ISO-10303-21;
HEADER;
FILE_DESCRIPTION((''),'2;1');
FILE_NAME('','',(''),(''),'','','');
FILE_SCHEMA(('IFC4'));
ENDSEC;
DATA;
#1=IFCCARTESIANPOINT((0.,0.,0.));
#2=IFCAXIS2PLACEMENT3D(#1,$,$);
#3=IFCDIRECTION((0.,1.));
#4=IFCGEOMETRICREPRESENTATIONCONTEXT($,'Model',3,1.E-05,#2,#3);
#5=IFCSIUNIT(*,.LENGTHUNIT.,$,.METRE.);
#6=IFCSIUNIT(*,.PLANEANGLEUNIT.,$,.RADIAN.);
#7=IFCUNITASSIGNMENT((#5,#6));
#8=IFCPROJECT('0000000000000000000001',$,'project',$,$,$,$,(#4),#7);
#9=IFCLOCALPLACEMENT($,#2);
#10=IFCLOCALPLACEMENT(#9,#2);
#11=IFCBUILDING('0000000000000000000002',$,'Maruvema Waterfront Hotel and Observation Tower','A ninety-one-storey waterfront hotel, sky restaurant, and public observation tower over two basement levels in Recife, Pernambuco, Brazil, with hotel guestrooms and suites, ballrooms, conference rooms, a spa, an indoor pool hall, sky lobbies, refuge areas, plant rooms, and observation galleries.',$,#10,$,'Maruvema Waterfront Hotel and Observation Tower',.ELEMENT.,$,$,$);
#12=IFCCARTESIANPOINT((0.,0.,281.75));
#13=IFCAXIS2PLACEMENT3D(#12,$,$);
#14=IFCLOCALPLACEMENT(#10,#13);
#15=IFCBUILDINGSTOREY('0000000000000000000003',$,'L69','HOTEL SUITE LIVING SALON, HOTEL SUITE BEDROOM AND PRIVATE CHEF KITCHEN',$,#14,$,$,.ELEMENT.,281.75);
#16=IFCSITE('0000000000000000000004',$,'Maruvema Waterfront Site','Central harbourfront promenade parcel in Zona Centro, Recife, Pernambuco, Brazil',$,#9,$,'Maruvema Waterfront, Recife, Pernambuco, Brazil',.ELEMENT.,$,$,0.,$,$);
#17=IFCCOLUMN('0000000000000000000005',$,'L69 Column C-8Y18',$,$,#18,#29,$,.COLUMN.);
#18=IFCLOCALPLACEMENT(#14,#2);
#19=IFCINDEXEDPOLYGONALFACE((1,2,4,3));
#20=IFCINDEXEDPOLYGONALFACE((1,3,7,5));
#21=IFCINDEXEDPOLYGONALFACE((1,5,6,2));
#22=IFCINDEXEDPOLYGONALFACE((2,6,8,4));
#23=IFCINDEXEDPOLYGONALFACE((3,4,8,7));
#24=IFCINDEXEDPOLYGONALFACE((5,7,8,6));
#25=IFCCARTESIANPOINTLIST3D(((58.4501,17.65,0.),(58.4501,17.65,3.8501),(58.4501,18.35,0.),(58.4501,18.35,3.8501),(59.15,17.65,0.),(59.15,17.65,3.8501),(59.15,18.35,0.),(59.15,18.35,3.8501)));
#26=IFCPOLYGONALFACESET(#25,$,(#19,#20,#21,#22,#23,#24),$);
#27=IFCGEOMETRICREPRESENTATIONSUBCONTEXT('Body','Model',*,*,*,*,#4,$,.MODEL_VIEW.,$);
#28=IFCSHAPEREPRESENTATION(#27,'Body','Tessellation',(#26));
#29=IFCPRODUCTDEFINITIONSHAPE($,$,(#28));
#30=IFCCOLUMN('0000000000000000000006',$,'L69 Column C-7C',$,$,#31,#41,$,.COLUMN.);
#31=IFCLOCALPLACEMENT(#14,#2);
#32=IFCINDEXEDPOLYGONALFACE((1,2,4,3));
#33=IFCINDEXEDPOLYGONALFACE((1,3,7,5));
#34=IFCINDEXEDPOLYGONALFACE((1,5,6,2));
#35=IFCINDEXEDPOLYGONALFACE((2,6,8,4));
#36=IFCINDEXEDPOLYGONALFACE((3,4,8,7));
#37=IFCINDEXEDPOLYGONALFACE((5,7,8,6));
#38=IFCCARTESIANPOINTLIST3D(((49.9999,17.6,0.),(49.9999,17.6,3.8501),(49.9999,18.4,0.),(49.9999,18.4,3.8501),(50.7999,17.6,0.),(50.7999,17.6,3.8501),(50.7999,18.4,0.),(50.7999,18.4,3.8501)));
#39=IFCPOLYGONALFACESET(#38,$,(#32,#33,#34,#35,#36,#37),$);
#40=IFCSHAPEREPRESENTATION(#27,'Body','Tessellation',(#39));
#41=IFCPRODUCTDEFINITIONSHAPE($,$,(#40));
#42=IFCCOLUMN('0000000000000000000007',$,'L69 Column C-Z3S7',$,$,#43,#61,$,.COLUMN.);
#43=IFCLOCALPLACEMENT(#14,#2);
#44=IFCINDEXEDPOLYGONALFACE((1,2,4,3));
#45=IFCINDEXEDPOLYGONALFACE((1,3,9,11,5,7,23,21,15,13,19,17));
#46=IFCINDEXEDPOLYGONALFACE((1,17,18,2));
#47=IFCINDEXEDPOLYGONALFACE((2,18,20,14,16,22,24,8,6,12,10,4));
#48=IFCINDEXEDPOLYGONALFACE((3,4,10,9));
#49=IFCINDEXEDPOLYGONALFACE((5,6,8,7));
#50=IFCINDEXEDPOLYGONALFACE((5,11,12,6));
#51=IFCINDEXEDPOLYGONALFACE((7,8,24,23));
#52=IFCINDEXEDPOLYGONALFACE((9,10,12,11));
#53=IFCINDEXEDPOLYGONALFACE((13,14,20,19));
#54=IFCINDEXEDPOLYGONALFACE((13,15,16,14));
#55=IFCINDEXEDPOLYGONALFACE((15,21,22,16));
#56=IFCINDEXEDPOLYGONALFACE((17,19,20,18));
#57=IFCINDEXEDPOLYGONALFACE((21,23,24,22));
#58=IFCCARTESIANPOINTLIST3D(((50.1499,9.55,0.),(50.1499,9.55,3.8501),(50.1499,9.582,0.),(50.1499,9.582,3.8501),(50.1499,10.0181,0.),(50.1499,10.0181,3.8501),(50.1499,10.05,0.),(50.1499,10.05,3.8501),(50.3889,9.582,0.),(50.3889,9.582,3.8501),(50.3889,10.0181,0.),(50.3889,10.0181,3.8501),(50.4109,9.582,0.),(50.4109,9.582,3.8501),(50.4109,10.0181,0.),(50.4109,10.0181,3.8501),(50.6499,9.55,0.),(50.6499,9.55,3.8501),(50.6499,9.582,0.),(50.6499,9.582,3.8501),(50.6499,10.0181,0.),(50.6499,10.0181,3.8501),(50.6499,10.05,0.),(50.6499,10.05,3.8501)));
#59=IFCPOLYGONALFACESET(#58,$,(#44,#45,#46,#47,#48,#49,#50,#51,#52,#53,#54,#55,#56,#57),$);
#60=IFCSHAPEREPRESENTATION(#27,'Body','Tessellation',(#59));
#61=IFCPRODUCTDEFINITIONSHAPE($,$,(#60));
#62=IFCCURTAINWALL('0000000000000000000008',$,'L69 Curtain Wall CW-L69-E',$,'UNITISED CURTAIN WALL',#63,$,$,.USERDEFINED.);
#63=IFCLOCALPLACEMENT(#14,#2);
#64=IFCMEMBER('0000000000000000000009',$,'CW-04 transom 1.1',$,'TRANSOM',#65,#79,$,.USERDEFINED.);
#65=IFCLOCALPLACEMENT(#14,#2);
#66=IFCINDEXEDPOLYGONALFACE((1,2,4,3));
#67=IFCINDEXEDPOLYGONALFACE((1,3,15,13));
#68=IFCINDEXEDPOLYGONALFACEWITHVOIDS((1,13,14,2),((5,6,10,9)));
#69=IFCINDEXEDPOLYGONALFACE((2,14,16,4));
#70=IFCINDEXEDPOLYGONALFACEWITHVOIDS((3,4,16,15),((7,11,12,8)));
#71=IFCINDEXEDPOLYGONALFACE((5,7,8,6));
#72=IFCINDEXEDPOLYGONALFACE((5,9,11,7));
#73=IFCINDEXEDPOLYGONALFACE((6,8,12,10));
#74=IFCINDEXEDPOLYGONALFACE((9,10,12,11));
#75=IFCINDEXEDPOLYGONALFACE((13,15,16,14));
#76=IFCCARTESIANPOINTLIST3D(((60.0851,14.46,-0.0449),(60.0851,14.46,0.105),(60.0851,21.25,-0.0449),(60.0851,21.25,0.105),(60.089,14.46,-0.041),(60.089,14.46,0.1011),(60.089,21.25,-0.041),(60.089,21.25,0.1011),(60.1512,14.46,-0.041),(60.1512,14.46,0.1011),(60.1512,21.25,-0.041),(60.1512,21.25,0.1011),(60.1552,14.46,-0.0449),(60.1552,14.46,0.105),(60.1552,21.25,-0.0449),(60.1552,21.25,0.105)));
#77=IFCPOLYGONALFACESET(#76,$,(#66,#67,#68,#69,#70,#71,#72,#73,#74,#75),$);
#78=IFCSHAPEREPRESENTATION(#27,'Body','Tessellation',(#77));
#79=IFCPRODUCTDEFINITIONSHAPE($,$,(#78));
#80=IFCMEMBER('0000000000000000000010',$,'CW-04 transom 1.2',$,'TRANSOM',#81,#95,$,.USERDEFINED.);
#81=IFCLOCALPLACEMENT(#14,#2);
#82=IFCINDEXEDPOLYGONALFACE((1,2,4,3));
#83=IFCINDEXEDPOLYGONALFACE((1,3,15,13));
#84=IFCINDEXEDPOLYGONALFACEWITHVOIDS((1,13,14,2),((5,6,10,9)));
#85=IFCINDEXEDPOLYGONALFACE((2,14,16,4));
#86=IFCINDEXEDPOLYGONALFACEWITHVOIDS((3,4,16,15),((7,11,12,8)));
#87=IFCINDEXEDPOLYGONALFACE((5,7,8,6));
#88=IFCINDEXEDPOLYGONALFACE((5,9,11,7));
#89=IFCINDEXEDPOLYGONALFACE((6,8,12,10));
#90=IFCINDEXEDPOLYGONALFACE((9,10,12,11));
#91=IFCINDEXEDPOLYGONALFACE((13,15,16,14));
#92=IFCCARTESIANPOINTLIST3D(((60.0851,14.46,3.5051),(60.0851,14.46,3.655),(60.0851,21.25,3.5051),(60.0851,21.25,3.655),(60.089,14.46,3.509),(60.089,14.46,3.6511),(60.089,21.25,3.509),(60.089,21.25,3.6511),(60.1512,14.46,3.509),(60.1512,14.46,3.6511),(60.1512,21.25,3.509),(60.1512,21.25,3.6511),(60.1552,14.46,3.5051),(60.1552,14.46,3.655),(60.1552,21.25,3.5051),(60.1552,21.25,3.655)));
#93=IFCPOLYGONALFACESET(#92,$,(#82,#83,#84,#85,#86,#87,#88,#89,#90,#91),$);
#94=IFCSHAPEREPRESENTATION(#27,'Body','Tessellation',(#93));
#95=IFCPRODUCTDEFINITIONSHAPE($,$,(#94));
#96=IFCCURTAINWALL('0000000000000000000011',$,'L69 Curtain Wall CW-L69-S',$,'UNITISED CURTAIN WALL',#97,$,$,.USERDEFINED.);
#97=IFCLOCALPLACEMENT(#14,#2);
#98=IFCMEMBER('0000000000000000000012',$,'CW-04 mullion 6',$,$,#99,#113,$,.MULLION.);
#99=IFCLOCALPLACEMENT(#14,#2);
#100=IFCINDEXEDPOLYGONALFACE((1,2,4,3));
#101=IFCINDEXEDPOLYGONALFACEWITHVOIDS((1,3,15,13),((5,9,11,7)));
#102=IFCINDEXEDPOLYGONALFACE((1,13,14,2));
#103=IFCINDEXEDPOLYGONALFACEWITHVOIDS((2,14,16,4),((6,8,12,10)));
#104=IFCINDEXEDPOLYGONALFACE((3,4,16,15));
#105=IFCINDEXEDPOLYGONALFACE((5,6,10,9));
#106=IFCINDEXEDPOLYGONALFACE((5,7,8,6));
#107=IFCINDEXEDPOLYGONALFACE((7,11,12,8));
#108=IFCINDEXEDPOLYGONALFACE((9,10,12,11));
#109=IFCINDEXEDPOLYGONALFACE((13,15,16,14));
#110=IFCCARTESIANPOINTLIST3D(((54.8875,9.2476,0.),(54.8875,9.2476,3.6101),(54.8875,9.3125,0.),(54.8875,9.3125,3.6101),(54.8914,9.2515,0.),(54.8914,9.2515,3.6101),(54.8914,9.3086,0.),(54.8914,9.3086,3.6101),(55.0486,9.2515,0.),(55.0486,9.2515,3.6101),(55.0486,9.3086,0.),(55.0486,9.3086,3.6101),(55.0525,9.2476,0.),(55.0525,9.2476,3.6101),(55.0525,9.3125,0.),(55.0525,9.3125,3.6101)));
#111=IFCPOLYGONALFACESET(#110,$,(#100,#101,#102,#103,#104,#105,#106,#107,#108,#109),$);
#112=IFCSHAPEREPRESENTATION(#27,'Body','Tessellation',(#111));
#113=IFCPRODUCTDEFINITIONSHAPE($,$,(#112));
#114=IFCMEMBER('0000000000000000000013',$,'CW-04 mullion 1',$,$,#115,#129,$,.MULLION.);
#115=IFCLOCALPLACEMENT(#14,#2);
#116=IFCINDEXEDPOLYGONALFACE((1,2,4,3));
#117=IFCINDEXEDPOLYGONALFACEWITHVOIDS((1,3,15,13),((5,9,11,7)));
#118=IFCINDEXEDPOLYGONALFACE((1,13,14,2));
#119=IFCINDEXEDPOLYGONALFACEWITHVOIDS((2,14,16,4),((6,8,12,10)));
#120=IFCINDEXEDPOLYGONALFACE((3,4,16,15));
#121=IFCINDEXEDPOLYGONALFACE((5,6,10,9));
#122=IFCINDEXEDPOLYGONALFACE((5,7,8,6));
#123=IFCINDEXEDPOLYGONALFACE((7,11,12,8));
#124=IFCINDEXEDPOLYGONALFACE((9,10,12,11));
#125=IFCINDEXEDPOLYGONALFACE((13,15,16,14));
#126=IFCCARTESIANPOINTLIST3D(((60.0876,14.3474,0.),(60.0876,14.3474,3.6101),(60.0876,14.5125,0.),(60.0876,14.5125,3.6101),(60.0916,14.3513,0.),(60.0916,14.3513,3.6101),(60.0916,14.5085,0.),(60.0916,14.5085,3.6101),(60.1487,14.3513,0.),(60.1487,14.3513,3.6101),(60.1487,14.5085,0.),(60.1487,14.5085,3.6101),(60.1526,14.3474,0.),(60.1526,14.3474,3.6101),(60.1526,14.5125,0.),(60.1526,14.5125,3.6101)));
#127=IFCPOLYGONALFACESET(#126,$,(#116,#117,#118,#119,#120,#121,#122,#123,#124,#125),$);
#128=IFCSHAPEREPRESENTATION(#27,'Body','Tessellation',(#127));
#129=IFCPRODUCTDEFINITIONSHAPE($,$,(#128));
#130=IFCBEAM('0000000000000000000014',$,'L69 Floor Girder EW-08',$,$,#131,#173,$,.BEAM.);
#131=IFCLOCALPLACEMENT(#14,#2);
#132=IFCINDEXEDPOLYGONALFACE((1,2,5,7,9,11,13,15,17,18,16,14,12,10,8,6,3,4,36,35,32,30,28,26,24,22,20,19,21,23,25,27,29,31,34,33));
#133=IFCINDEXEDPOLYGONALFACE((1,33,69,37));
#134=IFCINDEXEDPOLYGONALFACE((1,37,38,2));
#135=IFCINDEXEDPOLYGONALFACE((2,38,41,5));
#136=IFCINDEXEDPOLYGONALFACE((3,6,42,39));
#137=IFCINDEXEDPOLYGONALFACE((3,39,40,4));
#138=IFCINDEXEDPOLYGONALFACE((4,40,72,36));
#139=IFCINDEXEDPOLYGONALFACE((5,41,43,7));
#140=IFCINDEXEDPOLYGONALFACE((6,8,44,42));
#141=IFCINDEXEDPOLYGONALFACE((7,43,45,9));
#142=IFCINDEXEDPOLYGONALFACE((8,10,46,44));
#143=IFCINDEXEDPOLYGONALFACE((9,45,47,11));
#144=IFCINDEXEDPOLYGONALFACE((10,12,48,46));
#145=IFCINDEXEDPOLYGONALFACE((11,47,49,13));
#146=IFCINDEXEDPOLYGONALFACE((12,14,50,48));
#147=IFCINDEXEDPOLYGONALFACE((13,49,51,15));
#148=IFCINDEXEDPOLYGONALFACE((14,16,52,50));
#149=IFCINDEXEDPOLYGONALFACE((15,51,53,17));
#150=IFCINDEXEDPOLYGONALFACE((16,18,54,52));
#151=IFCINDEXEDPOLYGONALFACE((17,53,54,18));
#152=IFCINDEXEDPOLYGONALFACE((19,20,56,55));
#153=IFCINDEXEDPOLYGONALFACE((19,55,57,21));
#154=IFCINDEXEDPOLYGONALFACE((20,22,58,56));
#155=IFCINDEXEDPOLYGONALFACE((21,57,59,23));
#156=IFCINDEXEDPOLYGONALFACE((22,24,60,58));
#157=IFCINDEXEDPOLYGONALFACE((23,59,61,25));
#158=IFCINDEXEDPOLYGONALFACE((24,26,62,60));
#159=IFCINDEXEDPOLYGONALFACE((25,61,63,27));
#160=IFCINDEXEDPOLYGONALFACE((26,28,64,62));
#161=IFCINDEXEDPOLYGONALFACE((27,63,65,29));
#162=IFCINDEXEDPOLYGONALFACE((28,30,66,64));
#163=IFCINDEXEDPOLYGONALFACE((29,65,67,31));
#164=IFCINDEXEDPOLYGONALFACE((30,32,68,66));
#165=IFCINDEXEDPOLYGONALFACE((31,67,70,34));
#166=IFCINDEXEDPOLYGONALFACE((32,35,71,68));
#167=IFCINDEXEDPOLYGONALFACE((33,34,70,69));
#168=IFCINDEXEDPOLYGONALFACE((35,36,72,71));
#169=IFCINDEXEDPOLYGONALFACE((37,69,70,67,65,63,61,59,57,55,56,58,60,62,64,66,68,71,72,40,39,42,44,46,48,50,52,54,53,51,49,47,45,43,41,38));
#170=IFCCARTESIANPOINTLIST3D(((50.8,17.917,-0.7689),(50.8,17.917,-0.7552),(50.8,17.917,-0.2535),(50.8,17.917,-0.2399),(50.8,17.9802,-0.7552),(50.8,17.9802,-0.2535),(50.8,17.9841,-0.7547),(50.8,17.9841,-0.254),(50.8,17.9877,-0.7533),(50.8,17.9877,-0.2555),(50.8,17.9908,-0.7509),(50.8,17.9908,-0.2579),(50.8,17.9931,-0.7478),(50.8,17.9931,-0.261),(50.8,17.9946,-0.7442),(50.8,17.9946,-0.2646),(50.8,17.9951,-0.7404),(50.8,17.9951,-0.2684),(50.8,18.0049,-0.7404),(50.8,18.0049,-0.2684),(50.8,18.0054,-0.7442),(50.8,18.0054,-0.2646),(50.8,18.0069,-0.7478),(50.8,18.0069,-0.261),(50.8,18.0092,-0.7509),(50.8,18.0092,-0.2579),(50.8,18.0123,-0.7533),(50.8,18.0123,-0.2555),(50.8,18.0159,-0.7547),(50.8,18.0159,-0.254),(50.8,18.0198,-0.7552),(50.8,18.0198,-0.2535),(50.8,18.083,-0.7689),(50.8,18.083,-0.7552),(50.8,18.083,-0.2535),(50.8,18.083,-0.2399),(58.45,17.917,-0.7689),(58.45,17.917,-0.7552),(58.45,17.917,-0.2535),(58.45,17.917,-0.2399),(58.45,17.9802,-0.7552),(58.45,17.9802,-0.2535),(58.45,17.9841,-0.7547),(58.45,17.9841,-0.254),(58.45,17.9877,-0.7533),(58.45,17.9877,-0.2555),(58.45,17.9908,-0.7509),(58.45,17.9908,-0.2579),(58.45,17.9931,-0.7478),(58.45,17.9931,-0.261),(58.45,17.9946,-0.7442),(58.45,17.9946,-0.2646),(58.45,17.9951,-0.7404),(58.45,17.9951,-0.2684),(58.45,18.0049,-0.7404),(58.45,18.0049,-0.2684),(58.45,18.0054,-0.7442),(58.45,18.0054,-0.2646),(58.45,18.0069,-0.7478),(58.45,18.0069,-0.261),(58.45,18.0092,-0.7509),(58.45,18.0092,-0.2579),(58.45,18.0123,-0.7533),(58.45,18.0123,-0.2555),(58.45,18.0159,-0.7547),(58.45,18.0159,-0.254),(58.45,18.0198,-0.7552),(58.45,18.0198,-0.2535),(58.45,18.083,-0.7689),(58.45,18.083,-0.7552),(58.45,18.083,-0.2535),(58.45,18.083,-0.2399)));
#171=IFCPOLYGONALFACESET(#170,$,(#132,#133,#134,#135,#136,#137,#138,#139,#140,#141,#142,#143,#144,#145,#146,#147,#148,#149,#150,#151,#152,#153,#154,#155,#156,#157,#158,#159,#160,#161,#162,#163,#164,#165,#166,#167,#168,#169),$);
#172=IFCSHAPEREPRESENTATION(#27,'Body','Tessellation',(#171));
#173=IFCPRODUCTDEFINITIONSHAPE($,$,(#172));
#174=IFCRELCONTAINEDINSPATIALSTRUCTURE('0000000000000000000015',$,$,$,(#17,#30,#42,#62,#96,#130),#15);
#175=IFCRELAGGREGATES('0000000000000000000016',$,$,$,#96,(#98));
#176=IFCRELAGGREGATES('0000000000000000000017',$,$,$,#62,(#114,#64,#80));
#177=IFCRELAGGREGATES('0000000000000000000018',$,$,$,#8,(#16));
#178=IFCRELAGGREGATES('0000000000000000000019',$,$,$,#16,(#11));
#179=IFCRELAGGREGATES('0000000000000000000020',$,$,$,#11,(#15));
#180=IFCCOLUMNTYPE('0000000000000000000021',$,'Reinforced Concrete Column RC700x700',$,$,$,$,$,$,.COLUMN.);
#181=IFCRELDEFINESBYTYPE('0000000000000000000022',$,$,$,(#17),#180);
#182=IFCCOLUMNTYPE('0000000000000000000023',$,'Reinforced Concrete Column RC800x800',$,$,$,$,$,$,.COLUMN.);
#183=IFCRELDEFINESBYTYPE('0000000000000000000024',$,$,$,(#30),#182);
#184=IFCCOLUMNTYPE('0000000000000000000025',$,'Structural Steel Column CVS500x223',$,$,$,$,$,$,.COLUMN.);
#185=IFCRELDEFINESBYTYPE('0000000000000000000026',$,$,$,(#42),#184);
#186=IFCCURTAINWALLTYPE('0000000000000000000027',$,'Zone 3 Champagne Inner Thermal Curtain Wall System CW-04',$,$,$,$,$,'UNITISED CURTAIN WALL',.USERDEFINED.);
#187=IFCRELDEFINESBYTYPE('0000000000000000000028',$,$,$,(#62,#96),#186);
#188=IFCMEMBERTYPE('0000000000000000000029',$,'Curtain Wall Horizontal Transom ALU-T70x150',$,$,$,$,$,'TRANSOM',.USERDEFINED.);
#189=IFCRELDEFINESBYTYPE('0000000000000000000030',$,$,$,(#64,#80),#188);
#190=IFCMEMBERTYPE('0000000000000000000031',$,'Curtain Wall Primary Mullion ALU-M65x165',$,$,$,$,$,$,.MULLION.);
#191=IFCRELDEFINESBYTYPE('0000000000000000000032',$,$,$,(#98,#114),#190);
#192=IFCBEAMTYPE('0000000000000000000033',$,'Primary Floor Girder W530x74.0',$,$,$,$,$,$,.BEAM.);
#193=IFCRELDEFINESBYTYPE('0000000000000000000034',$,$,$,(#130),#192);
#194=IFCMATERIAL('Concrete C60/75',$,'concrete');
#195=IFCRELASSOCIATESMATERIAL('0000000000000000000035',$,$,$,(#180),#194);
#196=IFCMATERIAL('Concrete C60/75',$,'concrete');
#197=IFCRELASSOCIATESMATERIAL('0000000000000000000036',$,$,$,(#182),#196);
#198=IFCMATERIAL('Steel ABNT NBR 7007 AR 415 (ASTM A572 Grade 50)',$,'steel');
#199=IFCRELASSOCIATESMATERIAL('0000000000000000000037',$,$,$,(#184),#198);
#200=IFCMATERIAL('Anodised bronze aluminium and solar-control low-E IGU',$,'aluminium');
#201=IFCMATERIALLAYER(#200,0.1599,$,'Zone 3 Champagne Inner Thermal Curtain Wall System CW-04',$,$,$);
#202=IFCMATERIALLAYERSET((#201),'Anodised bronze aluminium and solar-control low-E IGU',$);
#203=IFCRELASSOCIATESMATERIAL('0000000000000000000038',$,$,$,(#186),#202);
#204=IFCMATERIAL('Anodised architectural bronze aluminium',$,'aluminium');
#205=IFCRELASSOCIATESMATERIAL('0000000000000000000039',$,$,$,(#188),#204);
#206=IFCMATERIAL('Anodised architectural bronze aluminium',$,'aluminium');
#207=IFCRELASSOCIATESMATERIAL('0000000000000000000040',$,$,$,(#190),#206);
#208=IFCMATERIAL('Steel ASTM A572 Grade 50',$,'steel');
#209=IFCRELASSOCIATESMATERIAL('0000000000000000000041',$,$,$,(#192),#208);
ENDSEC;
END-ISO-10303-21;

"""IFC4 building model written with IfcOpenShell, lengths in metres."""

from ifc_helpers import new_model, si_unit, direction, frame, origin, origin_2d, place, context, subcontext, project, spatial, rectangle, hollow_rectangle, i_section, extrude, material, layer, layer_set, material_profile, profile_set, type_object, element, aggregate, save


model = new_model("IFC4")

# Units and contexts
model_context = context("Model", 3, precision=1e-05, world=origin(), true_north=direction((0.0, 1.0)))
body_context = subcontext(model_context, "Body", "Model", "MODEL_VIEW")
ifc_project = project(units=[si_unit("LENGTHUNIT", "METRE"), si_unit("PLANEANGLEUNIT", "RADIAN")], contexts=[model_context])

# Site, building, storey
site_placement = place(None, origin())
site = spatial("IfcSite", under=ifc_project, at=site_placement, Name="Maruvema Waterfront Site", Description="Central harbourfront promenade parcel in Zona Centro, Recife, Pernambuco, Brazil", LongName="Maruvema Waterfront, Recife, Pernambuco, Brazil", CompositionType="ELEMENT", RefElevation=0.0)
building_placement = place(site_placement, origin())
building = spatial("IfcBuilding", under=site, at=building_placement, Name="Maruvema Waterfront Hotel and Observation Tower", Description="A ninety-one-storey waterfront hotel, sky restaurant, and public observation tower over two basement levels in Recife, Pernambuco, Brazil, with hotel guestrooms and suites, ballrooms, conference rooms, a spa, an indoor pool hall, sky lobbies, refuge areas, plant rooms, and observation galleries.", LongName="Maruvema Waterfront Hotel and Observation Tower", CompositionType="ELEMENT")
storey_placement = place(building_placement, frame((0.0, 0.0, 281.75)))
storey = spatial("IfcBuildingStorey", under=building, at=storey_placement, Name="L69", Description="HOTEL SUITE LIVING SALON, HOTEL SUITE BEDROOM AND PRIVATE CHEF KITCHEN", CompositionType="ELEMENT", Elevation=281.75)

# Columns
ifc_material_1 = material(Name="Concrete C60/75", Category="concrete")
ifc_material_profile_1 = material_profile(ifc_material_1, rectangle(XDim=0.7, YDim=0.7, at=origin_2d()), Name="RC700x700")
ifc_profile_set_1 = profile_set([ifc_material_profile_1], Name="Concrete C60/75")
column_type_1 = type_object("IfcColumnType", Name="Reinforced Concrete Column RC700x700", PredefinedType="COLUMN", material=ifc_profile_set_1)
column_1_placement = place(storey_placement, frame((58.8, 18.0, 0.0), z_axis=(0.0, 0.0, 1.0), x_axis=(1.0, 0.0, 0.0)))
element("IfcColumn", 1, at=column_1_placement, inside=storey, type_object=column_type_1, Name="L69 Column C-8Y18", PredefinedType="COLUMN", context=body_context, shape_type="SweptSolid", body=[
    extrude(rectangle(XDim=0.7, YDim=0.7, at=origin_2d()), origin(), (0.0, 0.0, 1.0), 3.8501),
])
ifc_material_2 = material(Name="Concrete C60/75", Category="concrete")
ifc_material_profile_2 = material_profile(ifc_material_2, rectangle(XDim=0.8, YDim=0.8, at=origin_2d()), Name="RC800x800")
ifc_profile_set_2 = profile_set([ifc_material_profile_2], Name="Concrete C60/75")
column_type_2 = type_object("IfcColumnType", Name="Reinforced Concrete Column RC800x800", PredefinedType="COLUMN", material=ifc_profile_set_2)
column_2_placement = place(storey_placement, frame((50.3999, 18.0, 0.0), z_axis=(0.0, 0.0, 1.0), x_axis=(1.0, 0.0, 0.0)))
element("IfcColumn", 2, at=column_2_placement, inside=storey, type_object=column_type_2, Name="L69 Column C-7C", PredefinedType="COLUMN", context=body_context, shape_type="SweptSolid", body=[
    extrude(rectangle(XDim=0.8, YDim=0.8, at=origin_2d()), origin(), (0.0, 0.0, 1.0), 3.8501),
])
ifc_material_3 = material(Name="Steel ABNT NBR 7007 AR 415 (ASTM A572 Grade 50)", Category="steel")
ifc_material_profile_3 = material_profile(ifc_material_3, i_section(OverallWidth=0.5, OverallDepth=0.5, WebThickness=0.022, FlangeThickness=0.032, at=origin_2d()), Name="CVS500x223")
ifc_profile_set_3 = profile_set([ifc_material_profile_3], Name="Steel ABNT NBR 7007 AR 415 (ASTM A572 Grade 50)")
column_type_3 = type_object("IfcColumnType", Name="Structural Steel Column CVS500x223", PredefinedType="COLUMN", material=ifc_profile_set_3)
column_3_placement = place(storey_placement, frame((50.3999, 9.8, 0.0), z_axis=(0.0, 0.0, 1.0), x_axis=(1.0, 0.0, 0.0)))
element("IfcColumn", 3, at=column_3_placement, inside=storey, type_object=column_type_3, Name="L69 Column C-Z3S7", PredefinedType="COLUMN", context=body_context, shape_type="SweptSolid", body=[
    extrude(i_section(OverallWidth=0.5, OverallDepth=0.5, WebThickness=0.022, FlangeThickness=0.032, at=origin_2d()), origin(), (0.0, 0.0, 1.0), 3.8501),
])

# Curtain wall, members
ifc_material_4 = material(Name="Anodised bronze aluminium and solar-control low-E IGU", Category="aluminium")
ifc_layer_1 = layer(ifc_material_4, 0.1599, Name="Zone 3 Champagne Inner Thermal Curtain Wall System CW-04")
ifc_layer_set_1 = layer_set([ifc_layer_1], Name="Anodised bronze aluminium and solar-control low-E IGU")
curtain_wall_type = type_object("IfcCurtainWallType", Name="Zone 3 Champagne Inner Thermal Curtain Wall System CW-04", ElementType="UNITISED CURTAIN WALL", PredefinedType="USERDEFINED", material=ifc_layer_set_1)
curtain_wall_1_placement = place(storey_placement, origin())
curtain_wall_1 = element("IfcCurtainWall", 4, at=curtain_wall_1_placement, inside=storey, type_object=curtain_wall_type, Name="L69 Curtain Wall CW-L69-E", ObjectType="UNITISED CURTAIN WALL", PredefinedType="USERDEFINED")
ifc_material_5 = material(Name="Anodised architectural bronze aluminium", Category="aluminium")
ifc_material_profile_4 = material_profile(ifc_material_5, hollow_rectangle(XDim=0.0701, YDim=0.1499, WallThickness=0.0039, at=origin_2d()), Name="ALU-T70x150")
ifc_profile_set_4 = profile_set([ifc_material_profile_4], Name="Anodised architectural bronze aluminium")
member_type_1 = type_object("IfcMemberType", Name="Curtain Wall Horizontal Transom ALU-T70x150", ElementType="TRANSOM", PredefinedType="USERDEFINED", material=ifc_profile_set_4)
member_1_placement = place(storey_placement, frame((60.1201, 14.46, 0.03), z_axis=(0.0, 1.0, 0.0), x_axis=(-1.0, 0.0, 0.0)))
member_1 = element("IfcMember", 5, at=member_1_placement, type_object=member_type_1, Name="CW-04 transom 1.1", ObjectType="TRANSOM", PredefinedType="USERDEFINED", context=body_context, shape_type="SweptSolid", body=[
    extrude(hollow_rectangle(XDim=0.0701, YDim=0.1499, WallThickness=0.0039, at=origin_2d()), origin(), (0.0, 0.0, 1.0), 6.79),
])
member_2_placement = place(storey_placement, frame((60.1201, 14.46, 3.5801), z_axis=(0.0, 1.0, 0.0), x_axis=(-1.0, 0.0, 0.0)))
member_2 = element("IfcMember", 6, at=member_2_placement, type_object=member_type_1, Name="CW-04 transom 1.2", ObjectType="TRANSOM", PredefinedType="USERDEFINED", context=body_context, shape_type="SweptSolid", body=[
    extrude(hollow_rectangle(XDim=0.0701, YDim=0.1499, WallThickness=0.0039, at=origin_2d()), origin(), (0.0, 0.0, 1.0), 6.79),
])

# Curtain wall, member
curtain_wall_2_placement = place(storey_placement, origin())
curtain_wall_2 = element("IfcCurtainWall", 7, at=curtain_wall_2_placement, inside=storey, type_object=curtain_wall_type, Name="L69 Curtain Wall CW-L69-S", ObjectType="UNITISED CURTAIN WALL", PredefinedType="USERDEFINED")
ifc_material_6 = material(Name="Anodised architectural bronze aluminium", Category="aluminium")
ifc_material_profile_5 = material_profile(ifc_material_6, hollow_rectangle(XDim=0.0649, YDim=0.165, WallThickness=0.0039, at=origin_2d()), Name="ALU-M65x165")
ifc_profile_set_5 = profile_set([ifc_material_profile_5], Name="Anodised architectural bronze aluminium")
member_type_2 = type_object("IfcMemberType", Name="Curtain Wall Primary Mullion ALU-M65x165", PredefinedType="MULLION", material=ifc_profile_set_5)
member_3_placement = place(storey_placement, frame((54.97, 9.28, 0.0), z_axis=(0.0, 0.0, 1.0), x_axis=(0.0, 1.0, 0.0)))
member_3 = element("IfcMember", 8, at=member_3_placement, type_object=member_type_2, Name="CW-04 mullion 6", PredefinedType="MULLION", context=body_context, shape_type="SweptSolid", body=[
    extrude(hollow_rectangle(XDim=0.0649, YDim=0.165, WallThickness=0.0039, at=origin_2d()), origin(), (0.0, 0.0, 1.0), 3.6101),
])

# Member
member_4_placement = place(storey_placement, frame((60.1201, 14.4299, 0.0), z_axis=(0.0, 0.0, 1.0), x_axis=(-1.0, 0.0, 0.0)))
member_4 = element("IfcMember", 9, at=member_4_placement, type_object=member_type_2, Name="CW-04 mullion 1", PredefinedType="MULLION", context=body_context, shape_type="SweptSolid", body=[
    extrude(hollow_rectangle(XDim=0.0649, YDim=0.165, WallThickness=0.0039, at=origin_2d()), origin(), (0.0, 0.0, 1.0), 3.6101),
])

# Beam
ifc_material_7 = material(Name="Steel ASTM A572 Grade 50", Category="steel")
ifc_material_profile_6 = material_profile(ifc_material_7, i_section(OverallWidth=0.166, OverallDepth=0.5291, WebThickness=0.0098, FlangeThickness=0.0137, FilletRadius=0.0149, at=origin_2d()), Name="W530x74.0")
ifc_profile_set_6 = profile_set([ifc_material_profile_6], Name="Steel ASTM A572 Grade 50")
beam_type_1 = type_object("IfcBeamType", Name="Primary Floor Girder W530x74.0", PredefinedType="BEAM", material=ifc_profile_set_6)
beam_1_placement = place(storey_placement, frame((50.8, 18.0, -0.5044), z_axis=(1.0, 0.0, 0.0), x_axis=(0.0, 1.0, 0.0)))
element("IfcBeam", 10, at=beam_1_placement, inside=storey, type_object=beam_type_1, Name="L69 Floor Girder EW-08", PredefinedType="BEAM", context=body_context, shape_type="SweptSolid", body=[
    extrude(i_section(OverallWidth=0.166, OverallDepth=0.5291, WebThickness=0.0098, FlangeThickness=0.0137, FilletRadius=0.0149, at=origin_2d()), origin(), (0.0, 0.0, 1.0), 7.6499),
])

aggregate(curtain_wall_2, [member_3])
aggregate(curtain_wall_1, [member_4, member_1, member_2])

save(model, "model.ifc")
